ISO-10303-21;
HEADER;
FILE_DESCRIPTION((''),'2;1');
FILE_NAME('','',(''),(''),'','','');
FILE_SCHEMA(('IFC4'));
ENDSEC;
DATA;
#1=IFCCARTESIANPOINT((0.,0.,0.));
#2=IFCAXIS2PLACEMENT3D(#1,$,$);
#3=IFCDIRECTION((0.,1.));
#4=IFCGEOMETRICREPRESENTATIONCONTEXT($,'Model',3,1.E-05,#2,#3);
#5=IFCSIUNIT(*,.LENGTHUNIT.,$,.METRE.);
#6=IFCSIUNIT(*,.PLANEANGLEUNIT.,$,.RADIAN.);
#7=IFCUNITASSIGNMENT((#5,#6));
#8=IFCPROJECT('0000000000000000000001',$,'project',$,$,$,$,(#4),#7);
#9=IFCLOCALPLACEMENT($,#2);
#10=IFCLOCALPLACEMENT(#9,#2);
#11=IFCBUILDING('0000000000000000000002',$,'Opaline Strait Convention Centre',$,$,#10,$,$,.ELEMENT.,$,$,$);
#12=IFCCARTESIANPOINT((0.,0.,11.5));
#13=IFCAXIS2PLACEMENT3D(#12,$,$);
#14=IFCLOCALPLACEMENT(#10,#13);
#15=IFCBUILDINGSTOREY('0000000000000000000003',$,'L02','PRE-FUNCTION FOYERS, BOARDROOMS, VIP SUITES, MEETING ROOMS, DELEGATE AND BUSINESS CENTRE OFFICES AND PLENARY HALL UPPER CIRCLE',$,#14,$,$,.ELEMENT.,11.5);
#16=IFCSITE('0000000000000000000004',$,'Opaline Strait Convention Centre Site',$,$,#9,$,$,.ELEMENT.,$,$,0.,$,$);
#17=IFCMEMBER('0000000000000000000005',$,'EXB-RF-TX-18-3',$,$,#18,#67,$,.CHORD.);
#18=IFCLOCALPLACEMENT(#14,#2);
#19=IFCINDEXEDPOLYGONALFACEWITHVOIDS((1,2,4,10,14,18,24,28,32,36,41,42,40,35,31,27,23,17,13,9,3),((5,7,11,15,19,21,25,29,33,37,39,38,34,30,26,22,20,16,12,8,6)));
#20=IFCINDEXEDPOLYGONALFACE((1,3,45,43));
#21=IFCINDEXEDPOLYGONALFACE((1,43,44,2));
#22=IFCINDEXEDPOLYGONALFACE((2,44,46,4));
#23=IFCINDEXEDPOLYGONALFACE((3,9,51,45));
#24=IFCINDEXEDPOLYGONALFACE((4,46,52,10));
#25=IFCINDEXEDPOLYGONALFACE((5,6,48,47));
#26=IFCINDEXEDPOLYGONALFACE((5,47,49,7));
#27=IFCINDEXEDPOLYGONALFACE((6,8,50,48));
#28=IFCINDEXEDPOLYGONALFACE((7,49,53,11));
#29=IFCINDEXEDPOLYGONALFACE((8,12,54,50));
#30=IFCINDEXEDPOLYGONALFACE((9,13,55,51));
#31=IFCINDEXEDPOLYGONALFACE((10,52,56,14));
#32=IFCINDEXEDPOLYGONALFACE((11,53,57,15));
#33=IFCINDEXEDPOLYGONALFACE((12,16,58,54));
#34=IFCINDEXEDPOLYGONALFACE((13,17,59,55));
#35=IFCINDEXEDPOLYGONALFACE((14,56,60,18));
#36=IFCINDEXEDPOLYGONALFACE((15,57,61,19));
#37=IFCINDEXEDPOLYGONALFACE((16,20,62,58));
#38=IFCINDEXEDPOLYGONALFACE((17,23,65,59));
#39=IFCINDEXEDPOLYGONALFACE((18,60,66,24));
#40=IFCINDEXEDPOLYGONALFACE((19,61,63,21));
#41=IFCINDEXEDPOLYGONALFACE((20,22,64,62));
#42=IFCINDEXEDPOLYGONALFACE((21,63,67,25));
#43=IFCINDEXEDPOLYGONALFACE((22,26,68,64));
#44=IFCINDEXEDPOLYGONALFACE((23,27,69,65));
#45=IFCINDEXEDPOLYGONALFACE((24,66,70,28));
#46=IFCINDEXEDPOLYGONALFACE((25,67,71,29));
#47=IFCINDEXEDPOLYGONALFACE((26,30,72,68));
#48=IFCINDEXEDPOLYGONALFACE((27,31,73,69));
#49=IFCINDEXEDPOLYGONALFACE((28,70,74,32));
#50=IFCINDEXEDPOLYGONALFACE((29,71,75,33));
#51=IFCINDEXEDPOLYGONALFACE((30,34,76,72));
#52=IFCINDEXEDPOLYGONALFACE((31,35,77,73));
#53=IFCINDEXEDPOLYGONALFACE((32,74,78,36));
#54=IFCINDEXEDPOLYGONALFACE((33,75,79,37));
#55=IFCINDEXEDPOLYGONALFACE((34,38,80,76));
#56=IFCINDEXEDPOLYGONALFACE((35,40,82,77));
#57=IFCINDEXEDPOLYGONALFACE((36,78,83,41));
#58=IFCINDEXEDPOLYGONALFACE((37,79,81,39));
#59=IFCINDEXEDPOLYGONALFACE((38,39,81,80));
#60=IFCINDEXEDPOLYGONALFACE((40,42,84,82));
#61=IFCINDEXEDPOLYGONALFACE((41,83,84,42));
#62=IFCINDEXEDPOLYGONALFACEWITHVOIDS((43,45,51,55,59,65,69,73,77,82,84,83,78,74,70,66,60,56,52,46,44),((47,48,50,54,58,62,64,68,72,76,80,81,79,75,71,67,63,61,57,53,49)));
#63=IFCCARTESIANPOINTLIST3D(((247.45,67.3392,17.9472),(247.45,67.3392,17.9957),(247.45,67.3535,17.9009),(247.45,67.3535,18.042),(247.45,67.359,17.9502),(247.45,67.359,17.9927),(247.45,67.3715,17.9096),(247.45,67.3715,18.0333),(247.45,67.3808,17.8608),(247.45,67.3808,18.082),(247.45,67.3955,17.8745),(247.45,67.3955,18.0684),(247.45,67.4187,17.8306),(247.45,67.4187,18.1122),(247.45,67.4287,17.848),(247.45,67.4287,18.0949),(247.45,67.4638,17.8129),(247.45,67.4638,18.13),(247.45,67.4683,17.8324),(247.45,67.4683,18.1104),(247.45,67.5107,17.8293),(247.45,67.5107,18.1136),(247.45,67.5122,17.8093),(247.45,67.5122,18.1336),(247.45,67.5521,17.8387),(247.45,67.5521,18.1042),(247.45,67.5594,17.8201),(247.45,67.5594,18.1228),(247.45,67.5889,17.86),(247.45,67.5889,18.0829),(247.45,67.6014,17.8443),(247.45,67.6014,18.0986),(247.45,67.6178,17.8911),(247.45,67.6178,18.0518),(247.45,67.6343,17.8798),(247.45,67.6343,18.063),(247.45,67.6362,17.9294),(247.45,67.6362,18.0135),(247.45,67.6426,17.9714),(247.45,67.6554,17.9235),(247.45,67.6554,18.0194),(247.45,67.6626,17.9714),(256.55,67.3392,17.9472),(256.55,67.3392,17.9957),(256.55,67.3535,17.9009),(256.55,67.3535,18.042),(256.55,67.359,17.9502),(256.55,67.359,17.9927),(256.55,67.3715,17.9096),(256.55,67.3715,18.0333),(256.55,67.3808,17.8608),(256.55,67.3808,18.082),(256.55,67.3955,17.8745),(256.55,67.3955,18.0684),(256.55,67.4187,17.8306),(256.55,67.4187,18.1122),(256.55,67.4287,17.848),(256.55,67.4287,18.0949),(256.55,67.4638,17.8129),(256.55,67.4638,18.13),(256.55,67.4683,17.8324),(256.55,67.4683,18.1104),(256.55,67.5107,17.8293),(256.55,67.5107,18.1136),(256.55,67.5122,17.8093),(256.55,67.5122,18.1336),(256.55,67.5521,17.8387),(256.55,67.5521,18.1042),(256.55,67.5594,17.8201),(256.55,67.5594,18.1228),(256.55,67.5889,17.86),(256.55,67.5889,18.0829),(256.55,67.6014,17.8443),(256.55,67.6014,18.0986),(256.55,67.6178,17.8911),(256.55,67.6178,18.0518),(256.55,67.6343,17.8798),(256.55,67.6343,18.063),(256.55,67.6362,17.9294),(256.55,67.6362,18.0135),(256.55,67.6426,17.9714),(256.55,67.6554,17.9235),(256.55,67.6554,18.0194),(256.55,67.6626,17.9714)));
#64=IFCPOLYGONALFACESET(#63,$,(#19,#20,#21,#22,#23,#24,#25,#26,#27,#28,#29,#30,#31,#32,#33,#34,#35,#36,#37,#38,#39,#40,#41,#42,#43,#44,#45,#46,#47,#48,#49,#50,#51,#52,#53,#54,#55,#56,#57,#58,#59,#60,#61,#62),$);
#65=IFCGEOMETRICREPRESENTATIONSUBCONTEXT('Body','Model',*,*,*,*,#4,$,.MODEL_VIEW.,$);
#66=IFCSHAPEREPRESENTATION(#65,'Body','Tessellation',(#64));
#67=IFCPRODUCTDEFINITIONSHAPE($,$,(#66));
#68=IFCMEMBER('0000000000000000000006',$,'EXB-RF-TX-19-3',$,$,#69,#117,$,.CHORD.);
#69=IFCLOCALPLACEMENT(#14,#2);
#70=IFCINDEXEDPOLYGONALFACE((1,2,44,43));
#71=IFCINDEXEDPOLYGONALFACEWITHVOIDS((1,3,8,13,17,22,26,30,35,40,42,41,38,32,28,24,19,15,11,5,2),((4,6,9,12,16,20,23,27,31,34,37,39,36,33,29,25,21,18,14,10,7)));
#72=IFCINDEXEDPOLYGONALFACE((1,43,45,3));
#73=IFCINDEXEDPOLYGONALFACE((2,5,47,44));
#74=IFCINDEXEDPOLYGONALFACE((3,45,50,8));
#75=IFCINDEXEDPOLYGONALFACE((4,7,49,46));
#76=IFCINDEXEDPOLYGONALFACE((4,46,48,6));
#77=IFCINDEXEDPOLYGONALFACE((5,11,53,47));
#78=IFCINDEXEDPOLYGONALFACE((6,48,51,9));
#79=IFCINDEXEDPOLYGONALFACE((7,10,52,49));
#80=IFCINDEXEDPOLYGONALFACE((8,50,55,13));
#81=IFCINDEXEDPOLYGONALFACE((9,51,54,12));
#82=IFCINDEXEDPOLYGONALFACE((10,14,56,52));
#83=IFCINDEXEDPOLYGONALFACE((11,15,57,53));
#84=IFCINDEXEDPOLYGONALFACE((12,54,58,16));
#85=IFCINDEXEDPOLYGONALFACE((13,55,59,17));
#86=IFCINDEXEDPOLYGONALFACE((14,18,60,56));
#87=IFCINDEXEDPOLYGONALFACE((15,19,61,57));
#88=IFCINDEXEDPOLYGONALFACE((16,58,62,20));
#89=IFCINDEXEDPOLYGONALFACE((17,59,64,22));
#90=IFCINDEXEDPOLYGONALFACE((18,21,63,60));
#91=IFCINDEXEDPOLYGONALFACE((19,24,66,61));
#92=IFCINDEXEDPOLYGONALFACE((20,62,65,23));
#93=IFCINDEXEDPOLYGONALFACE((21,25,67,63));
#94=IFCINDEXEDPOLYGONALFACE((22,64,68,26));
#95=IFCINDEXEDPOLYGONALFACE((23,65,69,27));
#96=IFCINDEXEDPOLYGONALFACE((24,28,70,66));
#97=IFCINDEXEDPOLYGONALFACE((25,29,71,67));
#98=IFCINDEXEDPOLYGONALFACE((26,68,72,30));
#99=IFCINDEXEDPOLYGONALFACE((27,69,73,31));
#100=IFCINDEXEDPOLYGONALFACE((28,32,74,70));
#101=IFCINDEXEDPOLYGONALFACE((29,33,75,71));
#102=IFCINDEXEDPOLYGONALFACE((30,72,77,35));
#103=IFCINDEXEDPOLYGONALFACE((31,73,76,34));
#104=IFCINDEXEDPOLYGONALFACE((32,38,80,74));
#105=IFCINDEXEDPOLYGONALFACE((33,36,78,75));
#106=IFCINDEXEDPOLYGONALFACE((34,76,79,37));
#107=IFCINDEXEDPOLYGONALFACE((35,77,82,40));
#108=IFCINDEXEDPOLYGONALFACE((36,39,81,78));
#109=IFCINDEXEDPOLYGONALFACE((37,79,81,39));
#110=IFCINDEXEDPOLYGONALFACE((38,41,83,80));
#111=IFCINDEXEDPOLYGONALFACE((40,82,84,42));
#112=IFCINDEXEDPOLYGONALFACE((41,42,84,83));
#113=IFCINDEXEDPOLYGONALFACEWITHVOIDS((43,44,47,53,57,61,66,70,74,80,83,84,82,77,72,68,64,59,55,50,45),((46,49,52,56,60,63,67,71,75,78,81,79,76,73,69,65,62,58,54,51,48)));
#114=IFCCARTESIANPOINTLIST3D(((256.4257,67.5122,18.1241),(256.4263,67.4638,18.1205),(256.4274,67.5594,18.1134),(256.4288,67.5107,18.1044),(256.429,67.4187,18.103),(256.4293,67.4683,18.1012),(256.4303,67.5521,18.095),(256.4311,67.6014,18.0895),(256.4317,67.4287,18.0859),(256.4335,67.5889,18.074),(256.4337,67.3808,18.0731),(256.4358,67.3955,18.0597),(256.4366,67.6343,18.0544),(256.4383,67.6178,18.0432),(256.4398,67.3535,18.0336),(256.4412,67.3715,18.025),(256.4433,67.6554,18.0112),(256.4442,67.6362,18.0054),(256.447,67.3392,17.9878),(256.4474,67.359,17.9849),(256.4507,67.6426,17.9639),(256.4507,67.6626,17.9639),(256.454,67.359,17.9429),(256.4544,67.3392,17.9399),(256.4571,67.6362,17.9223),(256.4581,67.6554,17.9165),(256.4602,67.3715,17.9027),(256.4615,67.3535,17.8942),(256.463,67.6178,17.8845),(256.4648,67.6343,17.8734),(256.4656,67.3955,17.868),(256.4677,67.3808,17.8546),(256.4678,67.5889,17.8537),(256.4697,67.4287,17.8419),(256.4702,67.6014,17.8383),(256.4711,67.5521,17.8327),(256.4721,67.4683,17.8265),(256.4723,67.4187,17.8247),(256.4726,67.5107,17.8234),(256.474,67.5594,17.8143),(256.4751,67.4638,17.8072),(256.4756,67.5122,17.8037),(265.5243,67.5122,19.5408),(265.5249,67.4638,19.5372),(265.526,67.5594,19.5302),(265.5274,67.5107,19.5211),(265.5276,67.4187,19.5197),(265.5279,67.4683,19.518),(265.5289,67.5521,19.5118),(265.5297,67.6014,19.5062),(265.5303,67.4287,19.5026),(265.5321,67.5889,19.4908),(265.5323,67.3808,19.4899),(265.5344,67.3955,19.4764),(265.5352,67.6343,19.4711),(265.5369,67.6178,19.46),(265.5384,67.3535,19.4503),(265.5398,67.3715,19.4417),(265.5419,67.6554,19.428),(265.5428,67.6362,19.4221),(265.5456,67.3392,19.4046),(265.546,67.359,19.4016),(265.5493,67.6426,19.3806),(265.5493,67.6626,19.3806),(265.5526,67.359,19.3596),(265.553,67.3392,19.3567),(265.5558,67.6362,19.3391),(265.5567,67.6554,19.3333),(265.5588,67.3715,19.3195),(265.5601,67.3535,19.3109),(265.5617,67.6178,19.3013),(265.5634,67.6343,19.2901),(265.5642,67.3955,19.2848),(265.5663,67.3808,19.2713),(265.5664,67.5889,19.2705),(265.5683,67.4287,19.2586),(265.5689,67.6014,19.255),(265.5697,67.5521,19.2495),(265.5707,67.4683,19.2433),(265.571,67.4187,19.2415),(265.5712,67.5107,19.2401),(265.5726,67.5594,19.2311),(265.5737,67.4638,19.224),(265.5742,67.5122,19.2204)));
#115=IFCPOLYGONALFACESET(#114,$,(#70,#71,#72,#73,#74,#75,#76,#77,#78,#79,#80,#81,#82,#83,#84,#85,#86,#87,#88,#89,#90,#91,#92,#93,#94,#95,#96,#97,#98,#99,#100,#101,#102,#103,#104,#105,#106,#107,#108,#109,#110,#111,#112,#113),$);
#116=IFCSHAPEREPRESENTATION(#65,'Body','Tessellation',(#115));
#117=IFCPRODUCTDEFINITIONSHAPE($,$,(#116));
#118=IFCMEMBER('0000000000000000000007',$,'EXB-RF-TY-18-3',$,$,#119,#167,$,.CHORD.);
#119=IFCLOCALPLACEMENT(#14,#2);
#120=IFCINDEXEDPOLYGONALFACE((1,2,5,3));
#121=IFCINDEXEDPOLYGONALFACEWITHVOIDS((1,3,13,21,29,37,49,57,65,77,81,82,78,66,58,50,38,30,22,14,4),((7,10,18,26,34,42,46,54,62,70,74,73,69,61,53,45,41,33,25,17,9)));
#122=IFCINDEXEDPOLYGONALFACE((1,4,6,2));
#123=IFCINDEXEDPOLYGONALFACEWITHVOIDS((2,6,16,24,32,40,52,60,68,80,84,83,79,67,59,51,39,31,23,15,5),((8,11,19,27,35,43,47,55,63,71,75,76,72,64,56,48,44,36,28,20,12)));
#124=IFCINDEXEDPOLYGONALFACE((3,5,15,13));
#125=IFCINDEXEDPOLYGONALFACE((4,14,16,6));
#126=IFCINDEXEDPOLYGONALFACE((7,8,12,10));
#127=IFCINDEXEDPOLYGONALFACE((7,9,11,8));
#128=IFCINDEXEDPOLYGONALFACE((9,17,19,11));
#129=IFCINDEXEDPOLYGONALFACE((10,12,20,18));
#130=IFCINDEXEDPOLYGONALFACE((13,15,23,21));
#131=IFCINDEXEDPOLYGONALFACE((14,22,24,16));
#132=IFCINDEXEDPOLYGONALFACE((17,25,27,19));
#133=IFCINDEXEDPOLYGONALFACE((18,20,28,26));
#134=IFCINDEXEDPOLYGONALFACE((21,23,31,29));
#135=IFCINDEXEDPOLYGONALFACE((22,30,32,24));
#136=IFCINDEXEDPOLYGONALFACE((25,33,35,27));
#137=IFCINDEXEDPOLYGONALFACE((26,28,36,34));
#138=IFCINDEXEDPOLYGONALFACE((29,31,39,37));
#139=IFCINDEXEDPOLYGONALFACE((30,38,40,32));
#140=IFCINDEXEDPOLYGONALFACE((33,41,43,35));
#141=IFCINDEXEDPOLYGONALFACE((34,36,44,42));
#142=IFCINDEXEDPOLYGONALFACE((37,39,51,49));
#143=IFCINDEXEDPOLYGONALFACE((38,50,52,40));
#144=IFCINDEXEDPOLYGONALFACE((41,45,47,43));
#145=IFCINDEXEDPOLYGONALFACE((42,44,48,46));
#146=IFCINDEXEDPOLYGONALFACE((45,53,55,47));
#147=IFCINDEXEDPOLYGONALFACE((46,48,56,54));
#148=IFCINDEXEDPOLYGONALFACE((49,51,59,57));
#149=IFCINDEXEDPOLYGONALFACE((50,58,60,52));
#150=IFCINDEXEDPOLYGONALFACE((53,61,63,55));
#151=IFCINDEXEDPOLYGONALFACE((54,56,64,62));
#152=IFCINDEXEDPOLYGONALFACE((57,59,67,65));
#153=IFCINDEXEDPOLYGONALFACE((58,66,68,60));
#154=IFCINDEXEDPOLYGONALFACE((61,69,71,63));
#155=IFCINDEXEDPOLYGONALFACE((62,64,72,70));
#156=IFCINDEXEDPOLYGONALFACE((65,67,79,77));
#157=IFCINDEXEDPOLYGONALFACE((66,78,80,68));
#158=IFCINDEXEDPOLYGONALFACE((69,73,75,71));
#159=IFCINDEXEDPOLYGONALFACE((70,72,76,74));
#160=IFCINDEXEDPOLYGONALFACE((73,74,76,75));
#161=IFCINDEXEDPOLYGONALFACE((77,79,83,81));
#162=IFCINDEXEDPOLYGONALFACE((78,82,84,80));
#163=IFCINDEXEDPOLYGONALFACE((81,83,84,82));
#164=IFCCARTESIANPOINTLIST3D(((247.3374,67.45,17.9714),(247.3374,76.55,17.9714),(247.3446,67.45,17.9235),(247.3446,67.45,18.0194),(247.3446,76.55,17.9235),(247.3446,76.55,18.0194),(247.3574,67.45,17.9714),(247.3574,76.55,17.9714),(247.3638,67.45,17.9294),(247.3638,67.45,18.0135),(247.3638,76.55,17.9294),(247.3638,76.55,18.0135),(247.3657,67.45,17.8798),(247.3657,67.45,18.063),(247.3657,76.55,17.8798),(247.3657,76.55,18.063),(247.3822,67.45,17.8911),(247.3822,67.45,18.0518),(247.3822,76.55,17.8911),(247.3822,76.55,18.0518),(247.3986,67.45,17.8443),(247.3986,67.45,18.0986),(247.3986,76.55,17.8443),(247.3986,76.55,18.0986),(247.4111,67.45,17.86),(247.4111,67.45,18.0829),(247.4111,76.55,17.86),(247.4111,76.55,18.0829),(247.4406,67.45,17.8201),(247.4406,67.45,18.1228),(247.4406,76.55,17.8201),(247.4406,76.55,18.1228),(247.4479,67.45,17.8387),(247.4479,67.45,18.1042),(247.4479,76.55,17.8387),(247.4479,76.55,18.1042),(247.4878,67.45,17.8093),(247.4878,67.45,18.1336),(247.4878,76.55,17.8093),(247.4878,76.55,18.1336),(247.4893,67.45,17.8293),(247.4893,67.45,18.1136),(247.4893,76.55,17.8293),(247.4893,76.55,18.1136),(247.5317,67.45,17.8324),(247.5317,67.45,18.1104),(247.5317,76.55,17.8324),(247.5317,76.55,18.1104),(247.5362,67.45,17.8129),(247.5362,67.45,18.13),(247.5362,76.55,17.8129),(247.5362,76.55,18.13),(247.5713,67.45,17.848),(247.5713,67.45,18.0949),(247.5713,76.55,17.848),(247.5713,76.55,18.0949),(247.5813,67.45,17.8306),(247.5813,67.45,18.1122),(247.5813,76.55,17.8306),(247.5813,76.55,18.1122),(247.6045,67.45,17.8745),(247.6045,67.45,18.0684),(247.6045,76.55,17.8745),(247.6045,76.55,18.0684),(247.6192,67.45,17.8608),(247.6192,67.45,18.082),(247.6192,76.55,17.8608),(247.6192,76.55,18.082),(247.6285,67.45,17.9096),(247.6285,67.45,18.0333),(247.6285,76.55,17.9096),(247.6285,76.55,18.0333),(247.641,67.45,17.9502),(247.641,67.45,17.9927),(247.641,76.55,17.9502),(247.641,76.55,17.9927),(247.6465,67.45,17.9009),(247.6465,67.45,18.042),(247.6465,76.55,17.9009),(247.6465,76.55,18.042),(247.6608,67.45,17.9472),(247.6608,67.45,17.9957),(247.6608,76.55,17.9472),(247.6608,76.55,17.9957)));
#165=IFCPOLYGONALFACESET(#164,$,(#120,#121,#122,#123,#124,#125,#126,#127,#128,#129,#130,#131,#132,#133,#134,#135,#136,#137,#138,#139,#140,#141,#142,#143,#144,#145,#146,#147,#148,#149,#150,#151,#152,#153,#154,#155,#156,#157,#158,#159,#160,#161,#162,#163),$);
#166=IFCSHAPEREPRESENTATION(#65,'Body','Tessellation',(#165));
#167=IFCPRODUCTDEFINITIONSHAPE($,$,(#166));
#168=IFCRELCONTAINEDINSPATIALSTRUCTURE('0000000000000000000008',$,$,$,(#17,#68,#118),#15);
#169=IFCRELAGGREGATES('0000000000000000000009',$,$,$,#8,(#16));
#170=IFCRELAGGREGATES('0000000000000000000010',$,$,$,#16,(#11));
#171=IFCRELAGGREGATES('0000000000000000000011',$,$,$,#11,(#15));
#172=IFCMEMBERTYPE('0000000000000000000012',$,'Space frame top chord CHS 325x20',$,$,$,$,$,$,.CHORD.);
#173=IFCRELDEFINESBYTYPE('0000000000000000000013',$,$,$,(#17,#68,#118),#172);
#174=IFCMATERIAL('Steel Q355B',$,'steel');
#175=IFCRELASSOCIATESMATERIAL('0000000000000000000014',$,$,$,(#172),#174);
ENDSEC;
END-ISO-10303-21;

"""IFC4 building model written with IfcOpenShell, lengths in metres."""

from ifc_helpers import new_model, si_unit, direction, frame, origin, origin_2d, place, context, subcontext, project, spatial, hollow_circle, extrude, material, material_profile, profile_set, type_object, element, save


model = new_model("IFC4")

# Units and contexts
model_context = context("Model", 3, precision=1e-05, world=origin(), true_north=direction((0.0, 1.0)))
body_context = subcontext(model_context, "Body", "Model", "MODEL_VIEW")
ifc_project = project(units=[si_unit("LENGTHUNIT", "METRE"), si_unit("PLANEANGLEUNIT", "RADIAN")], contexts=[model_context])

# Site, building, storey
site_placement = place(None, origin())
site = spatial("IfcSite", under=ifc_project, at=site_placement, Name="Opaline Strait Convention Centre Site", CompositionType="ELEMENT", RefElevation=0.0)
building_placement = place(site_placement, origin())
building = spatial("IfcBuilding", under=site, at=building_placement, Name="Opaline Strait Convention Centre", CompositionType="ELEMENT")
storey_placement = place(building_placement, frame((0.0, 0.0, 11.5)))
storey = spatial("IfcBuildingStorey", under=building, at=storey_placement, Name="L02", Description="PRE-FUNCTION FOYERS, BOARDROOMS, VIP SUITES, MEETING ROOMS, DELEGATE AND BUSINESS CENTRE OFFICES AND PLENARY HALL UPPER CIRCLE", CompositionType="ELEMENT", Elevation=11.5)

# Members
ifc_material_1 = material(Name="Steel Q355B", Category="steel")
ifc_material_profile_1 = material_profile(ifc_material_1, hollow_circle(Radius=0.1626, WallThickness=0.02, at=origin_2d()), Name="CHS 325x20")
ifc_profile_set_1 = profile_set([ifc_material_profile_1], Name="Steel Q355B")
member_type_1 = type_object("IfcMemberType", Name="Space frame top chord CHS 325x20", PredefinedType="CHORD", material=ifc_profile_set_1)
member_1_placement = place(storey_placement, frame((247.45, 67.5, 17.9714), z_axis=(1.0, 0.0, 0.0), x_axis=(0.0, 1.0, 0.0)))
element("IfcMember", 1, at=member_1_placement, inside=storey, type_object=member_type_1, Name="EXB-RF-TX-18-3", PredefinedType="CHORD", context=body_context, shape_type="SweptSolid", body=[
    extrude(hollow_circle(Radius=0.1626, WallThickness=0.02, at=origin_2d()), origin(), (0.0, 0.0, 1.0), 9.1001),
])
member_2_placement = place(storey_placement, frame((256.4507, 67.5, 17.9639), z_axis=(0.988093, 0.0, 0.153856), x_axis=(0.0, 1.0, 0.0)))
element("IfcMember", 2, at=member_2_placement, inside=storey, type_object=member_type_1, Name="EXB-RF-TX-19-3", PredefinedType="CHORD", context=body_context, shape_type="SweptSolid", body=[
    extrude(hollow_circle(Radius=0.1626, WallThickness=0.02, at=origin_2d()), origin(), (0.0, 0.0, 1.0), 9.2083),
])
for number, where, z_axis, x_axis, name in (
    (3, (247.5, 67.45, 17.9714), (0.0, 1.0, 0.0), (-1.0, 0.0, 0.0), "EXB-RF-TY-18-3"),
):
    element("IfcMember", number, at=place(storey_placement, frame(where, z_axis=z_axis, x_axis=x_axis)), inside=storey, type_object=member_type_1, Name=name, PredefinedType="CHORD", context=body_context, shape_type="SweptSolid", body=[
        extrude(hollow_circle(Radius=0.1626, WallThickness=0.02, at=origin_2d()), origin(), (0.0, 0.0, 1.0), 9.1001),
    ])

save(model, "model.ifc")
